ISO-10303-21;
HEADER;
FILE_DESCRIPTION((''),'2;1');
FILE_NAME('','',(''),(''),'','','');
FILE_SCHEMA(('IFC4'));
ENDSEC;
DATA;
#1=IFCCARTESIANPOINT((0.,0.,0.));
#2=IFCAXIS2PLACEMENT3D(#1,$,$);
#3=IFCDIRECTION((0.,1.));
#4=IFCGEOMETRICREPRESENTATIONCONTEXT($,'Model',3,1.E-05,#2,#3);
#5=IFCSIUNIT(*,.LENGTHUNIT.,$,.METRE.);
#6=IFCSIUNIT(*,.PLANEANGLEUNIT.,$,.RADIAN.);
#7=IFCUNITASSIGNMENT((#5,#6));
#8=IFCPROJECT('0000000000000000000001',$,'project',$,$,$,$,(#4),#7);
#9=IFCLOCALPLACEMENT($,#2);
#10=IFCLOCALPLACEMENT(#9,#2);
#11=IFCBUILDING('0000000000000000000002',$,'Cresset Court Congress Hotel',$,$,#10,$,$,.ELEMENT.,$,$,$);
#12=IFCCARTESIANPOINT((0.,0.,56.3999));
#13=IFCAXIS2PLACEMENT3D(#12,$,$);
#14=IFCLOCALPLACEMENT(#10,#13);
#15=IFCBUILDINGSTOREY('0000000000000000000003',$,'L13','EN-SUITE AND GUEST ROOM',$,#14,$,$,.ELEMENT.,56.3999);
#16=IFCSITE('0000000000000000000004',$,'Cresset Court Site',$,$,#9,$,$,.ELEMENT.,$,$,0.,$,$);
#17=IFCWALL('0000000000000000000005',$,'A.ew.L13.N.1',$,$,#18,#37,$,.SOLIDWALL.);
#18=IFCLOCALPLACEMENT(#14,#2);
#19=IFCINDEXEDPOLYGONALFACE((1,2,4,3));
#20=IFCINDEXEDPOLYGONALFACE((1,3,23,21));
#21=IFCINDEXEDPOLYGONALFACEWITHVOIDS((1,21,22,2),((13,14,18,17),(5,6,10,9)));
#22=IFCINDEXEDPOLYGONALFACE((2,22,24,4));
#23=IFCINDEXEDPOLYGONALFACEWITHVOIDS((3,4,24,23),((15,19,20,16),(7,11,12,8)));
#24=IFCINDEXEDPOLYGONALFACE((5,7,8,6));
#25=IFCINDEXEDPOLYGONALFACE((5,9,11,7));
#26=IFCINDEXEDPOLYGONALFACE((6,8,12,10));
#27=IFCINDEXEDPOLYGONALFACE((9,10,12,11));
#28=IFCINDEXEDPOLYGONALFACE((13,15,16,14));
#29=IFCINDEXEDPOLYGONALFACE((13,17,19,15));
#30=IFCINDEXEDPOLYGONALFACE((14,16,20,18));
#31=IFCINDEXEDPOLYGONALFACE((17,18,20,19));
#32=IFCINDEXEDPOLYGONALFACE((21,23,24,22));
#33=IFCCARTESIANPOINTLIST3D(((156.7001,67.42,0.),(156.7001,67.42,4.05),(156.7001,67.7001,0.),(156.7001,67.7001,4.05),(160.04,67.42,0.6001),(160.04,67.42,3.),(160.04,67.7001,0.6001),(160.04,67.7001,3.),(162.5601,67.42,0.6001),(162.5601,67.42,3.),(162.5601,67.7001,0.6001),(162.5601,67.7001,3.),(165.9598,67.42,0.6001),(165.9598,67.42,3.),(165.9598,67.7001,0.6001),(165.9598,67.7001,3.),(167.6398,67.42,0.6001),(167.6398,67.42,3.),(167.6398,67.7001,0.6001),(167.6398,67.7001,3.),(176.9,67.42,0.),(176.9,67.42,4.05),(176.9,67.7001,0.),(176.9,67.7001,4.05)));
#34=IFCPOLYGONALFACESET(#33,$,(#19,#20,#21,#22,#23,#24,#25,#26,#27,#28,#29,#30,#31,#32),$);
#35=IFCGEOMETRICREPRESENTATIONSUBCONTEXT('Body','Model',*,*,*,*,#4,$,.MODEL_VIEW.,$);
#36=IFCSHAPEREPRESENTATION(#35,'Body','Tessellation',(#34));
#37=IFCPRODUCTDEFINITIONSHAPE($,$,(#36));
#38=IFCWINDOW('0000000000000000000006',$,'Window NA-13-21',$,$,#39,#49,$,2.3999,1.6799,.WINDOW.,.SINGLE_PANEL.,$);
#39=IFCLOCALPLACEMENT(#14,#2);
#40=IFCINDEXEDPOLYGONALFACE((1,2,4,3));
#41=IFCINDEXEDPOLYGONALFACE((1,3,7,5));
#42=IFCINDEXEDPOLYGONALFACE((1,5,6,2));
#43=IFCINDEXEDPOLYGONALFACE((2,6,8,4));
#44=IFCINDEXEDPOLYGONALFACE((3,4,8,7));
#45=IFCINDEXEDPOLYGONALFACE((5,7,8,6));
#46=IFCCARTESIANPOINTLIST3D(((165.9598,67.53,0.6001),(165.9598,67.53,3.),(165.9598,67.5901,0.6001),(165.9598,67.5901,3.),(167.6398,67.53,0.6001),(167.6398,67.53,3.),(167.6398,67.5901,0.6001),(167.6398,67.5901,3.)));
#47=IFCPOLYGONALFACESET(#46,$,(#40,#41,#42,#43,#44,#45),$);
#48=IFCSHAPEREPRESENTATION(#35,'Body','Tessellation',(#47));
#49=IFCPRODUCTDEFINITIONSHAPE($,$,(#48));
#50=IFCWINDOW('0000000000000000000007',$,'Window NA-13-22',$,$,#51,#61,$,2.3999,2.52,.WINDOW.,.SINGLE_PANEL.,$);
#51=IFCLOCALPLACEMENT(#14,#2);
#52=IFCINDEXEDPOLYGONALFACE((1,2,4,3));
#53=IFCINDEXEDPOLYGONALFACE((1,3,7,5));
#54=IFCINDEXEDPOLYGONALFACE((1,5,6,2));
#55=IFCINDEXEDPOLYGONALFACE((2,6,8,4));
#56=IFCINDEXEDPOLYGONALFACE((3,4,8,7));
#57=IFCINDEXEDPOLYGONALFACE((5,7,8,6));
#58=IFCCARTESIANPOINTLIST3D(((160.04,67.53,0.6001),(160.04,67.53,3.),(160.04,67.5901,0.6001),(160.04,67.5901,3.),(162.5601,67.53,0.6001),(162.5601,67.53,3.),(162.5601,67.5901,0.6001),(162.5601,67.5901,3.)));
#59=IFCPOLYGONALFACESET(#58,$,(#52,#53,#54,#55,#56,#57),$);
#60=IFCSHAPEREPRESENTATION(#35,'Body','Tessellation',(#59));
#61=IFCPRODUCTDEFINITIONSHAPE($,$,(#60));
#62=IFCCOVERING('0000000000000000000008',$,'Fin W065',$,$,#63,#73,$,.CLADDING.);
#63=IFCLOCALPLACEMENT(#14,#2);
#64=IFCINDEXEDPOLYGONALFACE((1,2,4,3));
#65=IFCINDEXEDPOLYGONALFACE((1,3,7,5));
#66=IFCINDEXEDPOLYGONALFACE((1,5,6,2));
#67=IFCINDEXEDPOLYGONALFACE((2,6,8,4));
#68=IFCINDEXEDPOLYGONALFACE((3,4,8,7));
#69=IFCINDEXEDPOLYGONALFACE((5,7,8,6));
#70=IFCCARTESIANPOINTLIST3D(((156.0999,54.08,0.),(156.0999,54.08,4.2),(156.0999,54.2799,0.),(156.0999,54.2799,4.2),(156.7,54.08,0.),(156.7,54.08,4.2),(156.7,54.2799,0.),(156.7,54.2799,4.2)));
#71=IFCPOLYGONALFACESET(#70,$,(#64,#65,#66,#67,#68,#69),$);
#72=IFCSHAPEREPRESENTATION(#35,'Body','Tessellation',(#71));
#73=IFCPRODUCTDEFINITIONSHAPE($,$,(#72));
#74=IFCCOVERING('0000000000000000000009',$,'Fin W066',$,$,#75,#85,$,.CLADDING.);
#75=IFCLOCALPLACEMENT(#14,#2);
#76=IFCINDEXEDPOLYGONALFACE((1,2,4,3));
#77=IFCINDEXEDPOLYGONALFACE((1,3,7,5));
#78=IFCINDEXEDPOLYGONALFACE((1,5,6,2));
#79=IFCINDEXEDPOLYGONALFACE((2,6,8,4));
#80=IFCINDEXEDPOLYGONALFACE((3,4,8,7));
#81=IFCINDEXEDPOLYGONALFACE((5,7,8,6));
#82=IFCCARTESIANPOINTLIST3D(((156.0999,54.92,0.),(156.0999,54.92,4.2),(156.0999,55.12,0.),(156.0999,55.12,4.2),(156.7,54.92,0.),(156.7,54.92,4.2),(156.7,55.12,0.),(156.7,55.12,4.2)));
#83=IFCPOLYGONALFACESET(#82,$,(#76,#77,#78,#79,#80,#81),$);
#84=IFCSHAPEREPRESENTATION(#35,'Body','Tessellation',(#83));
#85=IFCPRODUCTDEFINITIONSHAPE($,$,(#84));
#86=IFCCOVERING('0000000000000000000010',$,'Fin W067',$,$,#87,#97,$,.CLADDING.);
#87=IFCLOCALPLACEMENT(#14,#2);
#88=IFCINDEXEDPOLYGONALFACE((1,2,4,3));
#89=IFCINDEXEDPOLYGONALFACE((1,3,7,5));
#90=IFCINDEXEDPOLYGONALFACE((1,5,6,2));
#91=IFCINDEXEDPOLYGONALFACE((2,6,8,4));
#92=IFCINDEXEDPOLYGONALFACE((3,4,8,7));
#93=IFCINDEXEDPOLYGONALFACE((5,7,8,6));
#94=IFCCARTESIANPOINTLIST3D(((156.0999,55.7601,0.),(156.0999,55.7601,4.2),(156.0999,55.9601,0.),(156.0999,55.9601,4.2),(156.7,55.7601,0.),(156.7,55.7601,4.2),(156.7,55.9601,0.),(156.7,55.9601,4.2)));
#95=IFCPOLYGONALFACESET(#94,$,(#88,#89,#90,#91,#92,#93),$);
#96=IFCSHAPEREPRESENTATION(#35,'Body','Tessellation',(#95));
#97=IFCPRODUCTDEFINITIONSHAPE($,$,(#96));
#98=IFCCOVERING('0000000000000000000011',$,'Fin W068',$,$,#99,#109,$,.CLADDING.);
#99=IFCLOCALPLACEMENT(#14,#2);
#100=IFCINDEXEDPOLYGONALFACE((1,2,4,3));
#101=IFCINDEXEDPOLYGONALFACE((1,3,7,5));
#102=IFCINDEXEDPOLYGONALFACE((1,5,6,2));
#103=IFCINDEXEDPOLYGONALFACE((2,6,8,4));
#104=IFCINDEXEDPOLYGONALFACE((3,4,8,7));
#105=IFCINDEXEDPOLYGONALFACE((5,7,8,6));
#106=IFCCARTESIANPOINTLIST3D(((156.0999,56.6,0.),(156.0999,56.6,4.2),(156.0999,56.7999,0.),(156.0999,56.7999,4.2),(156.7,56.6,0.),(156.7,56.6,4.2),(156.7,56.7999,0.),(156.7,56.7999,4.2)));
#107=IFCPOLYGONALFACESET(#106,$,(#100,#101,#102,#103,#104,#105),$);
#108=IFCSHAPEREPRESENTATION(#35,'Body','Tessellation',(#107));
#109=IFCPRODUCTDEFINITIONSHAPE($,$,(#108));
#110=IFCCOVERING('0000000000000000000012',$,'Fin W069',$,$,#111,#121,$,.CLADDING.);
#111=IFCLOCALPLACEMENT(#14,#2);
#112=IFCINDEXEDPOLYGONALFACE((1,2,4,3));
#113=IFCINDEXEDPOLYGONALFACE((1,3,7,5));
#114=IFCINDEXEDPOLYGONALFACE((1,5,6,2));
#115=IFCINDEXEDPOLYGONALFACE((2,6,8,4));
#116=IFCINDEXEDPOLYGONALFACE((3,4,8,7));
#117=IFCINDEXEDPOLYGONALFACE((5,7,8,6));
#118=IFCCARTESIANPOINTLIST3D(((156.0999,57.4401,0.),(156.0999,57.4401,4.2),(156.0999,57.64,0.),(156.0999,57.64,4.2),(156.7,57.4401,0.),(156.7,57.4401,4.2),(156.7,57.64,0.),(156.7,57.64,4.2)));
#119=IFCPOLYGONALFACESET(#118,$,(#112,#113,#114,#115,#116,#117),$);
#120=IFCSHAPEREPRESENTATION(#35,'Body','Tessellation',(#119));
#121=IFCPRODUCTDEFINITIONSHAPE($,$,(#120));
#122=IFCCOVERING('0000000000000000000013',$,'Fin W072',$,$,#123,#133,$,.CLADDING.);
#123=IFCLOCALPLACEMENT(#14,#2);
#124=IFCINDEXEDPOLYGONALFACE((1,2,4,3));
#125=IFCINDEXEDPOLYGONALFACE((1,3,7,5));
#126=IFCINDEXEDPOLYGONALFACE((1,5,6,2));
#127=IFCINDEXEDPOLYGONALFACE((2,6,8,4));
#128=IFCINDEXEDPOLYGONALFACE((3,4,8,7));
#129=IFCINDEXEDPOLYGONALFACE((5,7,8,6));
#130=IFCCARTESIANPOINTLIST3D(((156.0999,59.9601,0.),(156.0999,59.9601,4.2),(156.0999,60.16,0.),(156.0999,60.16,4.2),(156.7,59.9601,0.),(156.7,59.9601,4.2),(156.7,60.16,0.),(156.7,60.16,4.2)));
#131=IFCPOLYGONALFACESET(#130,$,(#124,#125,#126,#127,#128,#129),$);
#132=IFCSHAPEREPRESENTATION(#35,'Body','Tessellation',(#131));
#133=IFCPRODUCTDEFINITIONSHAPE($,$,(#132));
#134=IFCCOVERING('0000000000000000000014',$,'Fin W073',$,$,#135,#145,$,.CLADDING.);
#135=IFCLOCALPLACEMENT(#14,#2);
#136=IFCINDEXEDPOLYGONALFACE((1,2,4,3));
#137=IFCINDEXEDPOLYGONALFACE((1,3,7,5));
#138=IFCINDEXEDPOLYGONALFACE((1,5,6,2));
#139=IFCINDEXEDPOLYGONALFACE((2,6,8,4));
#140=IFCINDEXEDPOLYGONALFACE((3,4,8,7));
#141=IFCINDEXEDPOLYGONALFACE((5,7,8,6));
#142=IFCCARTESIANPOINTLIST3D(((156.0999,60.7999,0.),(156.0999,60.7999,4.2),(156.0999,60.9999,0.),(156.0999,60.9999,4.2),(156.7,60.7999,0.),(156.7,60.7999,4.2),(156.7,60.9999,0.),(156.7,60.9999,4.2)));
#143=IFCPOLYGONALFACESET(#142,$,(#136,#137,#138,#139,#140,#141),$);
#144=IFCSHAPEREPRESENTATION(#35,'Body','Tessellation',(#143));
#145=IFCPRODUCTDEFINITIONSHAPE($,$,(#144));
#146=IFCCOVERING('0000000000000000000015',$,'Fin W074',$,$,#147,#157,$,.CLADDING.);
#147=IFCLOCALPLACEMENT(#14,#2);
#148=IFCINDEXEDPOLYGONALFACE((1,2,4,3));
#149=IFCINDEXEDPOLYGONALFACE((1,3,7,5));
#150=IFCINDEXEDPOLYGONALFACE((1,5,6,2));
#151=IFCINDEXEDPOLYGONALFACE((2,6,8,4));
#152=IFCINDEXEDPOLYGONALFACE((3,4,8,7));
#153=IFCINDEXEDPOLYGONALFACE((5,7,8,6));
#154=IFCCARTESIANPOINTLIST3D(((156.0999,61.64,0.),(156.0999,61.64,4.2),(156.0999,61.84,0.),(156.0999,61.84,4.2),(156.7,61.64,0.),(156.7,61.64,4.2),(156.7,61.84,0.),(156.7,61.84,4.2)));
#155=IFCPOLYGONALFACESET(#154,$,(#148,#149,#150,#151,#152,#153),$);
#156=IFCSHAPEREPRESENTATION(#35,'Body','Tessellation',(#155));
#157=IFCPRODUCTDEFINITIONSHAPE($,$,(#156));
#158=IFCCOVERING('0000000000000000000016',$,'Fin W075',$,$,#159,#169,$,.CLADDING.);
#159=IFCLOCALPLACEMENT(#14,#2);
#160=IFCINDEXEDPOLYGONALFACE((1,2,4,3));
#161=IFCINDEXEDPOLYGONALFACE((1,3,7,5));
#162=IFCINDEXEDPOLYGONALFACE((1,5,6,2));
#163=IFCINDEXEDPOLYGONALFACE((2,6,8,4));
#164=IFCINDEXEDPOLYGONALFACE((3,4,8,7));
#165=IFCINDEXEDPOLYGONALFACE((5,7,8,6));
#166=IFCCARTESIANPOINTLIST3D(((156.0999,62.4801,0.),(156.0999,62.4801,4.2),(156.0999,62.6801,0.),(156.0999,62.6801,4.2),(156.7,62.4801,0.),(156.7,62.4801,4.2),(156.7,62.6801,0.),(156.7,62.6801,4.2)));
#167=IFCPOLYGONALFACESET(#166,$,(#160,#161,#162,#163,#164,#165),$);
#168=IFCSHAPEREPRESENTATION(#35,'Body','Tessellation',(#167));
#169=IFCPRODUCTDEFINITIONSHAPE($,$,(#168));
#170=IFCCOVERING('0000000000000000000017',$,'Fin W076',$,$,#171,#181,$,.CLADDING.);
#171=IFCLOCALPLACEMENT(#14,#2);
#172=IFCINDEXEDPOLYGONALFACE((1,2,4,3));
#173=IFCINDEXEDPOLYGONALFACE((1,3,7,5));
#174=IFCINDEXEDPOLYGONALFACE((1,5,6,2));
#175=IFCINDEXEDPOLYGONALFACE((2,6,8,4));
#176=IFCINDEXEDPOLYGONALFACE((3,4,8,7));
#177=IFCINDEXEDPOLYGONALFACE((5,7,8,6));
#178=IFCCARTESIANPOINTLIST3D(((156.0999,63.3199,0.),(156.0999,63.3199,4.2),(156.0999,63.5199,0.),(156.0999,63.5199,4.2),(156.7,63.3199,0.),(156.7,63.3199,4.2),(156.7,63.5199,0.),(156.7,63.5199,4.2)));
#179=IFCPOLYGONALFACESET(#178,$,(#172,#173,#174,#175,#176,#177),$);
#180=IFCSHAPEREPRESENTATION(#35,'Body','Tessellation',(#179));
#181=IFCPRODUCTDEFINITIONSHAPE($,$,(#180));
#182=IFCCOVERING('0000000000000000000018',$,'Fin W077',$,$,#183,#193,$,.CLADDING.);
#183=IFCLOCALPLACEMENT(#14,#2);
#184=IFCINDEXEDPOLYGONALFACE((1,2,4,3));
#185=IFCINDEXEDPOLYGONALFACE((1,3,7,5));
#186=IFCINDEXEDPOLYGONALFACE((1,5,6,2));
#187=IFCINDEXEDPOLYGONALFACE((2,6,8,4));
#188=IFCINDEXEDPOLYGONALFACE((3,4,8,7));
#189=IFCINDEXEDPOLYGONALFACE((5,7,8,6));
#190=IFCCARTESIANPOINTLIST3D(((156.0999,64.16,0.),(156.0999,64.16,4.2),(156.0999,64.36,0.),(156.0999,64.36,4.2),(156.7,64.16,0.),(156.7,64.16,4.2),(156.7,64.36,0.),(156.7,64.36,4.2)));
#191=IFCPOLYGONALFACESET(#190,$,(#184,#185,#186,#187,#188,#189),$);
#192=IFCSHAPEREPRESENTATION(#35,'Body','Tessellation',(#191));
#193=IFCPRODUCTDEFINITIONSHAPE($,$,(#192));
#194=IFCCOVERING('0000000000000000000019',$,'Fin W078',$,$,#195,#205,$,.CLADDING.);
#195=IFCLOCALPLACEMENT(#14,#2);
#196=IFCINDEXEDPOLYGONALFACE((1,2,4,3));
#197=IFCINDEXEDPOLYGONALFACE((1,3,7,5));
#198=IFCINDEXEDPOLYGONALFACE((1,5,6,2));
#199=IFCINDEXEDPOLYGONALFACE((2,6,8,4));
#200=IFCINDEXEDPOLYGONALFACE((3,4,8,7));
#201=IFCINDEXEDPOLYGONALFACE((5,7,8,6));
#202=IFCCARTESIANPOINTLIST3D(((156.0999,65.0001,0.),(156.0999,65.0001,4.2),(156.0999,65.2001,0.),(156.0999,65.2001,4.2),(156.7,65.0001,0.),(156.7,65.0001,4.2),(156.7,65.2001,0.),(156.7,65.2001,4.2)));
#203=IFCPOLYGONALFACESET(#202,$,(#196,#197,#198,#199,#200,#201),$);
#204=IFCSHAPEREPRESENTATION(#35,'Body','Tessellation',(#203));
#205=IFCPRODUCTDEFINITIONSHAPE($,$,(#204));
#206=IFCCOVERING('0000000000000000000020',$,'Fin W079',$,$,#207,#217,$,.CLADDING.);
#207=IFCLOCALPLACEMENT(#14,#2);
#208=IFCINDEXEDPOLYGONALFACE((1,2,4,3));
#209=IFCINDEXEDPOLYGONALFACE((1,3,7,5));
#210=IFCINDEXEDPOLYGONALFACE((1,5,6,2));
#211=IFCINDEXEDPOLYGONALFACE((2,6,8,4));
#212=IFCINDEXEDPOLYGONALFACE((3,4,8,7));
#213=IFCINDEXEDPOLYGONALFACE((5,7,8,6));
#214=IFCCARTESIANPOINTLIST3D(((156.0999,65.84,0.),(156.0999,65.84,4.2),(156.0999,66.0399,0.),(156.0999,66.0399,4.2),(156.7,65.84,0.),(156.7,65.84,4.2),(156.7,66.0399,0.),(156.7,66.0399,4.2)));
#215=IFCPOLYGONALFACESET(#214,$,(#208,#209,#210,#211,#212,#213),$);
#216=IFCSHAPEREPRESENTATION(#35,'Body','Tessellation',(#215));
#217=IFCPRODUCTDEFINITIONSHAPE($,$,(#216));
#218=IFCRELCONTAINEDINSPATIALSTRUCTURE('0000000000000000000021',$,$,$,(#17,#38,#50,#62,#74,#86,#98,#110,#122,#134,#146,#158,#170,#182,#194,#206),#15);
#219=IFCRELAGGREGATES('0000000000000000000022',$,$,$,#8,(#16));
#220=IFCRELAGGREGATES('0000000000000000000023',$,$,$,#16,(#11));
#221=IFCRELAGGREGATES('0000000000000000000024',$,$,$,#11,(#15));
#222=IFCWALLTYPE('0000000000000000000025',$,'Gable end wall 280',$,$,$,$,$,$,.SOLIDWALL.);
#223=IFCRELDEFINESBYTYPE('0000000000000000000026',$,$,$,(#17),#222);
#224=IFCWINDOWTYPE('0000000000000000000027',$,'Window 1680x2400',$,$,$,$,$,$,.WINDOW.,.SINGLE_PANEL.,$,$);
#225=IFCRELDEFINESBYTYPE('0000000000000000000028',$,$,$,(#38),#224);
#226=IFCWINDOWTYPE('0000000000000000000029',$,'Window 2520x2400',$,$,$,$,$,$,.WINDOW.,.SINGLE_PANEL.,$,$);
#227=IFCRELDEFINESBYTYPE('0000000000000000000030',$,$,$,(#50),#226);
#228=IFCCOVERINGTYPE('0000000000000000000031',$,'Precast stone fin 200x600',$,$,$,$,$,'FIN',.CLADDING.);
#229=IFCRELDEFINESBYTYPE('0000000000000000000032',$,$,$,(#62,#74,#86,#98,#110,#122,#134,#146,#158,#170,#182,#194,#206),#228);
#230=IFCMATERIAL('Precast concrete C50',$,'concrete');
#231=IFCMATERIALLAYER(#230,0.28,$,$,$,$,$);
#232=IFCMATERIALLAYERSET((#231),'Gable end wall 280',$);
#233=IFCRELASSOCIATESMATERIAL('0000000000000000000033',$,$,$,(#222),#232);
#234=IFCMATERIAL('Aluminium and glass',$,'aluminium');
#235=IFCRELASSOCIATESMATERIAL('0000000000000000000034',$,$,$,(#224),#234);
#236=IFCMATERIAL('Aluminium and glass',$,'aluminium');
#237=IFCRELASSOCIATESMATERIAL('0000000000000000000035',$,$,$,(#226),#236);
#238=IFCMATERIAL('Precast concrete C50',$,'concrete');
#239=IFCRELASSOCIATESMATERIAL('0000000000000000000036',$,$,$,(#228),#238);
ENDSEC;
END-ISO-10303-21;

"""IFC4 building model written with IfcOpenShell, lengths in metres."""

from ifc_helpers import new_model, si_unit, direction, frame, frame_2d, origin, origin_2d, place, context, subcontext, project, spatial, rectangle, extrude, material, layer, layer_set, type_object, element, fill, save


model = new_model("IFC4")

# Units and contexts
model_context = context("Model", 3, precision=1e-05, world=origin(), true_north=direction((0.0, 1.0)))
body_context = subcontext(model_context, "Body", "Model", "MODEL_VIEW")
ifc_project = project(units=[si_unit("LENGTHUNIT", "METRE"), si_unit("PLANEANGLEUNIT", "RADIAN")], contexts=[model_context])

# Site, building, storey
site_placement = place(None, origin())
site = spatial("IfcSite", under=ifc_project, at=site_placement, Name="Cresset Court Site", CompositionType="ELEMENT", RefElevation=0.0)
building_placement = place(site_placement, origin())
building = spatial("IfcBuilding", under=site, at=building_placement, Name="Cresset Court Congress Hotel", CompositionType="ELEMENT")
storey_placement = place(building_placement, frame((0.0, 0.0, 56.3999)))
storey = spatial("IfcBuildingStorey", under=building, at=storey_placement, Name="L13", Description="EN-SUITE AND GUEST ROOM", CompositionType="ELEMENT", Elevation=56.3999)

# Wall, openings, windows
ifc_material_1 = material(Name="Precast concrete C50", Category="concrete")
ifc_layer = layer(ifc_material_1, 0.28)
ifc_layer_set = layer_set([ifc_layer], Name="Gable end wall 280")
wall_type = type_object("IfcWallType", Name="Gable end wall 280", PredefinedType="SOLIDWALL", material=ifc_layer_set)
wall_placement = place(storey_placement, frame((156.7, 67.5601, 0.0), z_axis=(0.0, 0.0, 1.0), x_axis=(1.0, 0.0, 0.0)))
wall = element("IfcWall", 1, at=wall_placement, inside=storey, type_object=wall_type, Name="A.ew.L13.N.1", PredefinedType="SOLIDWALL", context=body_context, shape_type="SweptSolid", body=[
    extrude(rectangle(XDim=20.2, YDim=0.28, at=frame_2d((10.1001, 0.0))), origin(), (0.0, 0.0, 1.0), 4.05),
])
opening_1_placement = place(wall_placement, frame((9.26, 0.0, 0.6001)))
opening_1 = element("IfcOpeningElement", 2, at=opening_1_placement, cuts=wall, PredefinedType="OPENING", context=body_context, shape_type="SweptSolid", body=[
    extrude(rectangle(XDim=1.6799, YDim=2.3999, at=frame_2d((0.8398, 1.2))), frame((0.0, 0.1499, 0.0), z_axis=(0.0, -1.0, 0.0), x_axis=(1.0, 0.0, 0.0)), (0.0, 0.0, 1.0), 0.3),
])
opening_2_placement = place(wall_placement, frame((3.3401, 0.0, 0.6001)))
opening_2 = element("IfcOpeningElement", 3, at=opening_2_placement, cuts=wall, PredefinedType="OPENING", context=body_context, shape_type="SweptSolid", body=[
    extrude(rectangle(XDim=2.52, YDim=2.3999, at=frame_2d((1.26, 1.2))), frame((0.0, 0.1499, 0.0), z_axis=(0.0, -1.0, 0.0), x_axis=(1.0, 0.0, 0.0)), (0.0, 0.0, 1.0), 0.3),
])
ifc_material_2 = material(Name="Aluminium and glass", Category="aluminium")
window_type_1 = type_object("IfcWindowType", Name="Window 1680x2400", PartitioningType="SINGLE_PANEL", PredefinedType="WINDOW", material=ifc_material_2)
window_1_placement = place(opening_1_placement, origin())
window_1 = element("IfcWindow", 4, at=window_1_placement, inside=storey, type_object=window_type_1, Name="Window NA-13-21", OverallHeight=2.3999, OverallWidth=1.6799, PartitioningType="SINGLE_PANEL", PredefinedType="WINDOW", context=body_context, shape_type="SweptSolid", body=[
    extrude(rectangle(XDim=1.6799, YDim=2.3999, at=frame_2d((0.8398, 1.2))), frame((0.0, 0.03, 0.0), z_axis=(0.0, -1.0, 0.0), x_axis=(1.0, 0.0, 0.0)), (0.0, 0.0, 1.0), 0.0601),
])
fill(opening_1, window_1)
ifc_material_3 = material(Name="Aluminium and glass", Category="aluminium")
window_type_2 = type_object("IfcWindowType", Name="Window 2520x2400", PartitioningType="SINGLE_PANEL", PredefinedType="WINDOW", material=ifc_material_3)
window_2_placement = place(opening_2_placement, origin())
window_2 = element("IfcWindow", 5, at=window_2_placement, inside=storey, type_object=window_type_2, Name="Window NA-13-22", OverallHeight=2.3999, OverallWidth=2.52, PartitioningType="SINGLE_PANEL", PredefinedType="WINDOW", context=body_context, shape_type="SweptSolid", body=[
    extrude(rectangle(XDim=2.52, YDim=2.3999, at=frame_2d((1.26, 1.2))), frame((0.0, 0.03, 0.0), z_axis=(0.0, -1.0, 0.0), x_axis=(1.0, 0.0, 0.0)), (0.0, 0.0, 1.0), 0.0601),
])
fill(opening_2, window_2)

# Coverings
ifc_material_4 = material(Name="Precast concrete C50", Category="concrete")
covering_type = type_object("IfcCoveringType", Name="Precast stone fin 200x600", ElementType="FIN", PredefinedType="CLADDING", material=ifc_material_4)
for number, where, z_axis, x_axis, name in (
    (6, (156.3999, 54.1799, 0.0), (0.0, 0.0, 1.0), (1.0, 0.0, 0.0), "Fin W065"),
    (7, (156.3999, 55.02, 0.0), (0.0, 0.0, 1.0), (1.0, 0.0, 0.0), "Fin W066"),
    (8, (156.3999, 55.8601, 0.0), (0.0, 0.0, 1.0), (1.0, 0.0, 0.0), "Fin W067"),
    (9, (156.3999, 56.7, 0.0), (0.0, 0.0, 1.0), (1.0, 0.0, 0.0), "Fin W068"),
    (10, (156.3999, 57.54, 0.0), (0.0, 0.0, 1.0), (1.0, 0.0, 0.0), "Fin W069"),
    (11, (156.3999, 60.0601, 0.0), (0.0, 0.0, 1.0), (1.0, 0.0, 0.0), "Fin W072"),
    (12, (156.3999, 60.8999, 0.0), (0.0, 0.0, 1.0), (1.0, 0.0, 0.0), "Fin W073"),
    (13, (156.3999, 61.74, 0.0), (0.0, 0.0, 1.0), (1.0, 0.0, 0.0), "Fin W074"),
    (14, (156.3999, 62.5801, 0.0), (0.0, 0.0, 1.0), (1.0, 0.0, 0.0), "Fin W075"),
    (15, (156.3999, 63.4199, 0.0), (0.0, 0.0, 1.0), (1.0, 0.0, 0.0), "Fin W076"),
    (16, (156.3999, 64.26, 0.0), (0.0, 0.0, 1.0), (1.0, 0.0, 0.0), "Fin W077"),
    (17, (156.3999, 65.1001, 0.0), (0.0, 0.0, 1.0), (1.0, 0.0, 0.0), "Fin W078"),
    (18, (156.3999, 65.9399, 0.0), (0.0, 0.0, 1.0), (1.0, 0.0, 0.0), "Fin W079"),
):
    element("IfcCovering", number, at=place(storey_placement, frame(where, z_axis=z_axis, x_axis=x_axis)), inside=storey, type_object=covering_type, Name=name, PredefinedType="CLADDING", context=body_context, shape_type="SweptSolid", body=[
        extrude(rectangle(XDim=0.6001, YDim=0.2, at=origin_2d()), origin(), (0.0, 0.0, 1.0), 4.2),
    ])

save(model, "model.ifc")
